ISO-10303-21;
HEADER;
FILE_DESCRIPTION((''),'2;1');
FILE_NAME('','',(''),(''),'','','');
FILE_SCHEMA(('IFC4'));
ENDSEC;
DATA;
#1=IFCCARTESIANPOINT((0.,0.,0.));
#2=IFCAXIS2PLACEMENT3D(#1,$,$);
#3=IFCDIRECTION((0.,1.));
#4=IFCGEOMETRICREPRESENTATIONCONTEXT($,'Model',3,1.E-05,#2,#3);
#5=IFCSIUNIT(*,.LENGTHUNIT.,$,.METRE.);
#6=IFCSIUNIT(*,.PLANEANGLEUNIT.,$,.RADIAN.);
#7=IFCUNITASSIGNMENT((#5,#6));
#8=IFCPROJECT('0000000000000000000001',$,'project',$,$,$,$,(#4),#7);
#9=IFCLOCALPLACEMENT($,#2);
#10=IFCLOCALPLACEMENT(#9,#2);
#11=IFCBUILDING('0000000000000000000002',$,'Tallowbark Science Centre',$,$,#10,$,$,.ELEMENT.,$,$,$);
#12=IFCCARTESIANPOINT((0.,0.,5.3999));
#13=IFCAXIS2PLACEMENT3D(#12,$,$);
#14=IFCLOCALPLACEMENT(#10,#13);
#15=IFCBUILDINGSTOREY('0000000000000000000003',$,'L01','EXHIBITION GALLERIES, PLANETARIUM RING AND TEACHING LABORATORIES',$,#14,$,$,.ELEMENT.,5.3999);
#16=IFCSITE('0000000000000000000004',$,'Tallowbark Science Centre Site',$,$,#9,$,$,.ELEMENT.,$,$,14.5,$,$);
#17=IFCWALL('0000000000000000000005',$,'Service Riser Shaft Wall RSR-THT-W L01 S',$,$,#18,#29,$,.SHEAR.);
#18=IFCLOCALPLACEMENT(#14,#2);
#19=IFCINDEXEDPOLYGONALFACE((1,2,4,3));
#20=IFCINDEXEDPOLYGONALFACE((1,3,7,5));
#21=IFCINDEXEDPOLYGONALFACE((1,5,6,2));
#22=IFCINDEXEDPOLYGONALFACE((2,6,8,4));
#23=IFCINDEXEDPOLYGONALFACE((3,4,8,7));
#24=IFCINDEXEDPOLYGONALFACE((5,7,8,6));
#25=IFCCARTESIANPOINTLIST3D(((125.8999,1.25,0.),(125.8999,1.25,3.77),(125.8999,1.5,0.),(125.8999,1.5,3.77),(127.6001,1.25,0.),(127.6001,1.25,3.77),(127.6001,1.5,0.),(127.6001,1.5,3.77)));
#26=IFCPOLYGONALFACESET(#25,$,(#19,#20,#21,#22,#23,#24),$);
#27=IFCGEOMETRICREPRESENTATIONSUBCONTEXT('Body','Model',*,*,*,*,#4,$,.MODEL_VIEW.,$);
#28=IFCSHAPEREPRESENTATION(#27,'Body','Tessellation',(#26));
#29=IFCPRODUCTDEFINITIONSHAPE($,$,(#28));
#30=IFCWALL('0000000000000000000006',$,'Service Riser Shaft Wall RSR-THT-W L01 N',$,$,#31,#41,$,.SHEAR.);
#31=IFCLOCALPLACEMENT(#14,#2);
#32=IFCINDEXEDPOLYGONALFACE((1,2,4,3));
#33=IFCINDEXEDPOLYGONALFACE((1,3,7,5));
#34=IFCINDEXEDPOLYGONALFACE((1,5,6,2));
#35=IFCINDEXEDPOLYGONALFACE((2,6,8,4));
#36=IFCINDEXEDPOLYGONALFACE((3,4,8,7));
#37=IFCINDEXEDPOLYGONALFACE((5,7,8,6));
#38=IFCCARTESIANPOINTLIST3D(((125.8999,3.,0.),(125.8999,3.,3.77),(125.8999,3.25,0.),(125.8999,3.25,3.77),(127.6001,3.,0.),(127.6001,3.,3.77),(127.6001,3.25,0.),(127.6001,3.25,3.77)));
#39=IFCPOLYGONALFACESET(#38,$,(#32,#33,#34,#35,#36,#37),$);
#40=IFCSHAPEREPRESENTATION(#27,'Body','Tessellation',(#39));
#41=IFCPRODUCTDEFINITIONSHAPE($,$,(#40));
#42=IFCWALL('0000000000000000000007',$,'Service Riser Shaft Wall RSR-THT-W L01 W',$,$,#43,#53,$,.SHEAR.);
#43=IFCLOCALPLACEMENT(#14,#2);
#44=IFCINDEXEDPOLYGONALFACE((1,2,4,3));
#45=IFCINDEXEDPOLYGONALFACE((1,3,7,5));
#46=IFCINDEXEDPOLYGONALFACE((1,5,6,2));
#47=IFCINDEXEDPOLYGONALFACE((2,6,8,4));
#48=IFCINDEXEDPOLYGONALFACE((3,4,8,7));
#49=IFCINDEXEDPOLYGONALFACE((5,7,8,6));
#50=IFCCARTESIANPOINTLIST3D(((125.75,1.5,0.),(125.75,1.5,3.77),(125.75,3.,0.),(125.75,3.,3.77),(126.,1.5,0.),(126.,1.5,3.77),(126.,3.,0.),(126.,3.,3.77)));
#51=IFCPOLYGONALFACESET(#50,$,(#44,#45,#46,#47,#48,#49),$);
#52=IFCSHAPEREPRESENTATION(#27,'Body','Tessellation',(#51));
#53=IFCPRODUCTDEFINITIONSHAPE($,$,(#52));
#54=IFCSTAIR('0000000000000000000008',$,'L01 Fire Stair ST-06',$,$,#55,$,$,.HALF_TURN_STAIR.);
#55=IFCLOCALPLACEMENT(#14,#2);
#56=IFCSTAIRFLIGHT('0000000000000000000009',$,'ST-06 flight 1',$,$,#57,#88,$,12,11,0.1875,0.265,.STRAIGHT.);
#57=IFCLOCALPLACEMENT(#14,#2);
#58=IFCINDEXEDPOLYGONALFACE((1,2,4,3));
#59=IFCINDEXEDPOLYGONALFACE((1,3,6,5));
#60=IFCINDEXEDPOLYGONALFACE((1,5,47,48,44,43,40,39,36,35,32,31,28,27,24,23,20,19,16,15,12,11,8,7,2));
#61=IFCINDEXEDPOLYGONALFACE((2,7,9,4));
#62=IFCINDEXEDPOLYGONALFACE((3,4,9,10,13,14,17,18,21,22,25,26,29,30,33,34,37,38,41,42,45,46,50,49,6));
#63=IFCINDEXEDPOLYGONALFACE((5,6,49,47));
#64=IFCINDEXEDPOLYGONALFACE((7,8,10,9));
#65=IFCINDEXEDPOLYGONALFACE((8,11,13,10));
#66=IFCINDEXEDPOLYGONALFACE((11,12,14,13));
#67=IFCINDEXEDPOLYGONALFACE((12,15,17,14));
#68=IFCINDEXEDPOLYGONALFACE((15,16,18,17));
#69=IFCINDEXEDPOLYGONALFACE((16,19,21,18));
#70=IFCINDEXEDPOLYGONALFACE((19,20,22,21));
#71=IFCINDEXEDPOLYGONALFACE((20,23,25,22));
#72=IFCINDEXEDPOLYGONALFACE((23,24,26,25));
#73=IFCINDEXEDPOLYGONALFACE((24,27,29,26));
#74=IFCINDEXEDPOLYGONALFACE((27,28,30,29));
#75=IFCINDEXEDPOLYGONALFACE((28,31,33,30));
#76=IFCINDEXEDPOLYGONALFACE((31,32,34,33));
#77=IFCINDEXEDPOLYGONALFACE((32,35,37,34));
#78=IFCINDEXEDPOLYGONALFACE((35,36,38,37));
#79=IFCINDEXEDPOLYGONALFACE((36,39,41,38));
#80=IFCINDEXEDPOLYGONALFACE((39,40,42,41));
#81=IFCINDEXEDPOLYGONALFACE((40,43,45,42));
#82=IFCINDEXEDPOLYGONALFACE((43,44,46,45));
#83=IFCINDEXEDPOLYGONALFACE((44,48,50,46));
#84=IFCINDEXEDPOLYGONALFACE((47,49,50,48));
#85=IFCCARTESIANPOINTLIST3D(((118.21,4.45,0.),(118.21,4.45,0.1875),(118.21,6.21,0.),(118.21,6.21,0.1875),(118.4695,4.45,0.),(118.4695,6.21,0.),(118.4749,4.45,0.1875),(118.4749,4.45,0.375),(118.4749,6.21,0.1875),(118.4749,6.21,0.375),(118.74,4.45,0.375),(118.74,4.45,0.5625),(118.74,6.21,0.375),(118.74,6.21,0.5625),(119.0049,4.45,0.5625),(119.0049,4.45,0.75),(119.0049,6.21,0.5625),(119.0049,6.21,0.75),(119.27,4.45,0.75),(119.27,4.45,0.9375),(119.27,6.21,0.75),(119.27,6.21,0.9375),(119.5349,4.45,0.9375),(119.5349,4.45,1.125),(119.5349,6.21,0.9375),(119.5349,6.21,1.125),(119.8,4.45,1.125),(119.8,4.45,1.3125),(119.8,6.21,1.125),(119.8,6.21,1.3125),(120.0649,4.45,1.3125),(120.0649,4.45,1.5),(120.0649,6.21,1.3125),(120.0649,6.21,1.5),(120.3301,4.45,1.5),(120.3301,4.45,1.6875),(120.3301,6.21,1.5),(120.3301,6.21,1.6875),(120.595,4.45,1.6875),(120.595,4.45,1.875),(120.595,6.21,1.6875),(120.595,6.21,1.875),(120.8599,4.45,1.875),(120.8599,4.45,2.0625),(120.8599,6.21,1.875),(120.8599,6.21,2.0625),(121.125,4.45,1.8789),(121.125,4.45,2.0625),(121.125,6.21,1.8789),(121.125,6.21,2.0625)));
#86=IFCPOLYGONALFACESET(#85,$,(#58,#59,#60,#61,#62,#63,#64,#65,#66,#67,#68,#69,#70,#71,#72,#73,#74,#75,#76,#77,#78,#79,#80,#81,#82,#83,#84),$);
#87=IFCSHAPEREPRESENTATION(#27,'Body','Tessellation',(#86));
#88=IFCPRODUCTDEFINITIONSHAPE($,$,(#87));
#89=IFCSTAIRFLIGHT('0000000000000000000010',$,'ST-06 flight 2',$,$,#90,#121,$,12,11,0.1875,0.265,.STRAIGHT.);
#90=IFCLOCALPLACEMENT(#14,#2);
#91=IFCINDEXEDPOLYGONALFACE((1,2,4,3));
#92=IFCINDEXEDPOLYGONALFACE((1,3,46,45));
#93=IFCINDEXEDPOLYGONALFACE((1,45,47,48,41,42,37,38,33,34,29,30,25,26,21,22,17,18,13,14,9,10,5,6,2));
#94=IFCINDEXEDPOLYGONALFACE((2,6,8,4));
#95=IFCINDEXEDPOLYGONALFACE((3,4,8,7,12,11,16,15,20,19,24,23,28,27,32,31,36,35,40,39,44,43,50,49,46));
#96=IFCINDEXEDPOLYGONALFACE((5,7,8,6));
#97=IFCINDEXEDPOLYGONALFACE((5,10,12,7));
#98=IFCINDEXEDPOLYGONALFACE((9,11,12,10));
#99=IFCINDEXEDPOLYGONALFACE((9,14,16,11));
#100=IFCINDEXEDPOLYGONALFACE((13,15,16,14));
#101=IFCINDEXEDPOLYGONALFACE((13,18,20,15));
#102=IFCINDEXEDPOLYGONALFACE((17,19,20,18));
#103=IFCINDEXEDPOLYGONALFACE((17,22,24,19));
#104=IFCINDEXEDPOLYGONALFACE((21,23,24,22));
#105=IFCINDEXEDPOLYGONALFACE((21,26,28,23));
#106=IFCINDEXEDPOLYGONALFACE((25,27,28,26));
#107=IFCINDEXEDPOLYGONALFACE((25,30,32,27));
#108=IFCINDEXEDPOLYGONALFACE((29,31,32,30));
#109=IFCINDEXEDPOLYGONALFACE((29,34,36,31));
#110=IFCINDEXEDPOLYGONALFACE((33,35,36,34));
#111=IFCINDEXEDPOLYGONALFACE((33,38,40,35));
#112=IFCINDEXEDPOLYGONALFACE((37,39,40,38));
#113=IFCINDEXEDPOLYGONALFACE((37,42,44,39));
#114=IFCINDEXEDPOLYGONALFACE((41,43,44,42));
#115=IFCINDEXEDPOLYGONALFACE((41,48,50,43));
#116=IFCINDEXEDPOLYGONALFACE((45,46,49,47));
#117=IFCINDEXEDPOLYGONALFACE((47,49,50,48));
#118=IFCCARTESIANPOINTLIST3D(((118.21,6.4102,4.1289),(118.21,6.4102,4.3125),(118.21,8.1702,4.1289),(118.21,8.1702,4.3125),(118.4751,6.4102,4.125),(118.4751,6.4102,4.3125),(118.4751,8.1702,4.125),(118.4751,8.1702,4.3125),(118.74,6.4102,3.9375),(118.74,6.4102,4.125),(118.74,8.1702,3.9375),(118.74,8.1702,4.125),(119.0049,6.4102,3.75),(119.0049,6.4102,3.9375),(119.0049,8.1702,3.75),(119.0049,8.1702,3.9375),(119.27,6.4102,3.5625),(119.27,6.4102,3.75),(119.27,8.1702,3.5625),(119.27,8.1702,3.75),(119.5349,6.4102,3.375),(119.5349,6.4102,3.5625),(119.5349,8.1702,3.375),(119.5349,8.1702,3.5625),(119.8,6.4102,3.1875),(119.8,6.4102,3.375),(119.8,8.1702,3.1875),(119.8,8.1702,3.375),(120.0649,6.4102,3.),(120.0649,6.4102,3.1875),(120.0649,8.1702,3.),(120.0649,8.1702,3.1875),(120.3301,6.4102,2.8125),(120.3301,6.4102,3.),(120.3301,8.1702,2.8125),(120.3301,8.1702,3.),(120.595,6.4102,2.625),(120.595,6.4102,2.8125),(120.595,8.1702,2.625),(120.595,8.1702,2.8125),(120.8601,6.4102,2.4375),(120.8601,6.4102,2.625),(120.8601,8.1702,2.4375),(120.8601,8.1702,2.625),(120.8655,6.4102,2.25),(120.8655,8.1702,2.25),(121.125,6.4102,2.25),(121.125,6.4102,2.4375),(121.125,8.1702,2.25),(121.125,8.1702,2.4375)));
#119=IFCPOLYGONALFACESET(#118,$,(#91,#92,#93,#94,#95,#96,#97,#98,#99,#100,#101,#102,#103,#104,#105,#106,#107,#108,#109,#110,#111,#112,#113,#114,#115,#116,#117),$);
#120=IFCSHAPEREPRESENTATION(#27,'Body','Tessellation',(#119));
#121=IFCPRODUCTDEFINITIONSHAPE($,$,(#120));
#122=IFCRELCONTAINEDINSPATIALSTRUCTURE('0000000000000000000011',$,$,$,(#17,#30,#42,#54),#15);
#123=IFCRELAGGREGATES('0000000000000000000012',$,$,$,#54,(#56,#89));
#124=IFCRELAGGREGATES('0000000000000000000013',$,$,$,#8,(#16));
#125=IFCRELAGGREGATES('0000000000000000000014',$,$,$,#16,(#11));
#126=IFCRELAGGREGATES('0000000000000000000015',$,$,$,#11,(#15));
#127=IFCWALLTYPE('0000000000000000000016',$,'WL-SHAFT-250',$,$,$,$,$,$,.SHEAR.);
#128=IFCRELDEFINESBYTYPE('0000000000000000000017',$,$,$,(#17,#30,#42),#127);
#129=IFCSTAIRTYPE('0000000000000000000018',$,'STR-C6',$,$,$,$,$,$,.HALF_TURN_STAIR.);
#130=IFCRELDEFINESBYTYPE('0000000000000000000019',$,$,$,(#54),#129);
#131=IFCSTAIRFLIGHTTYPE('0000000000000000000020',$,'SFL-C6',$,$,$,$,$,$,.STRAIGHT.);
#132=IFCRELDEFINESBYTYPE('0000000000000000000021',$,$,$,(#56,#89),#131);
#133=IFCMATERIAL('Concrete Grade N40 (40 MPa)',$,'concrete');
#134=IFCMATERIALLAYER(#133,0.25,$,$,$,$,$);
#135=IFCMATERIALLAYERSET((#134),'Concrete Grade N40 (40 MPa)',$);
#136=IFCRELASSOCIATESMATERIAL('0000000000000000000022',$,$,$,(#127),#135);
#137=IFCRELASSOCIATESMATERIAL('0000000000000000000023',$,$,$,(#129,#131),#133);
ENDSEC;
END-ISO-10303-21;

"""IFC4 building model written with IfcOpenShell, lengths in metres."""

from ifc_helpers import new_model, si_unit, direction, frame, frame_2d, origin, place, context, subcontext, project, spatial, polyline, rectangle, outline, extrude, material, layer, layer_set, type_object, element, aggregate, save


model = new_model("IFC4")

# Units and contexts
model_context = context("Model", 3, precision=1e-05, world=origin(), true_north=direction((0.0, 1.0)))
body_context = subcontext(model_context, "Body", "Model", "MODEL_VIEW")
ifc_project = project(units=[si_unit("LENGTHUNIT", "METRE"), si_unit("PLANEANGLEUNIT", "RADIAN")], contexts=[model_context])

# Site, building, storey
site_placement = place(None, origin())
site = spatial("IfcSite", under=ifc_project, at=site_placement, Name="Tallowbark Science Centre Site", CompositionType="ELEMENT", RefElevation=14.5)
building_placement = place(site_placement, origin())
building = spatial("IfcBuilding", under=site, at=building_placement, Name="Tallowbark Science Centre", CompositionType="ELEMENT")
storey_placement = place(building_placement, frame((0.0, 0.0, 5.3999)))
storey = spatial("IfcBuildingStorey", under=building, at=storey_placement, Name="L01", Description="EXHIBITION GALLERIES, PLANETARIUM RING AND TEACHING LABORATORIES", CompositionType="ELEMENT", Elevation=5.3999)

# Shared definitions
ifc_material_1 = material(Name="Concrete Grade N40 (40 MPa)", Category="concrete")

# Walls
ifc_layer_1 = layer(ifc_material_1, 0.25)
ifc_layer_set_1 = layer_set([ifc_layer_1], Name="Concrete Grade N40 (40 MPa)")
wall_type_1 = type_object("IfcWallType", Name="WL-SHAFT-250", PredefinedType="SHEAR", material=ifc_layer_set_1)
for number, where, z_axis, x_axis, name in (
    (1, (125.8999, 1.375, 0.0), (0.0, 0.0, 1.0), (1.0, 0.0, 0.0), "Service Riser Shaft Wall RSR-THT-W L01 S"),
    (2, (125.8999, 3.125, 0.0), (0.0, 0.0, 1.0), (1.0, 0.0, 0.0), "Service Riser Shaft Wall RSR-THT-W L01 N"),
):
    element("IfcWall", number, at=place(storey_placement, frame(where, z_axis=z_axis, x_axis=x_axis)), inside=storey, type_object=wall_type_1, Name=name, PredefinedType="SHEAR", context=body_context, shape_type="SweptSolid", body=[
        extrude(rectangle(XDim=1.7002, YDim=0.25, at=frame_2d((0.8501, 0.0))), origin(), (0.0, 0.0, 1.0), 3.77),
    ])
wall_1_placement = place(storey_placement, frame((125.875, 1.5, 0.0), z_axis=(0.0, 0.0, 1.0), x_axis=(0.0, 1.0, 0.0)))
element("IfcWall", 3, at=wall_1_placement, inside=storey, type_object=wall_type_1, Name="Service Riser Shaft Wall RSR-THT-W L01 W", PredefinedType="SHEAR", context=body_context, shape_type="SweptSolid", body=[
    extrude(rectangle(XDim=1.5, YDim=0.25, at=frame_2d((0.75, 0.0))), origin(), (0.0, 0.0, 1.0), 3.77),
])

# Stair, stair flights
stair_type = type_object("IfcStairType", Name="STR-C6", PredefinedType="HALF_TURN_STAIR", material=ifc_material_1)
stair_placement = place(storey_placement, origin())
stair = element("IfcStair", 4, at=stair_placement, inside=storey, type_object=stair_type, Name="L01 Fire Stair ST-06", PredefinedType="HALF_TURN_STAIR")
stair_flight_type = type_object("IfcStairFlightType", Name="SFL-C6", PredefinedType="STRAIGHT", material=ifc_material_1)
stair_flight_1_placement = place(storey_placement, frame((118.21, 5.3301, 0.0), z_axis=(0.0, 0.0, 1.0), x_axis=(1.0, 0.0, 0.0)))
stair_flight_1 = element("IfcStairFlight", 5, at=stair_flight_1_placement, type_object=stair_flight_type, Name="ST-06 flight 1", NumberOfRisers=12, NumberOfTreads=11, PredefinedType="STRAIGHT", RiserHeight=0.1875, TreadLength=0.265, context=body_context, shape_type="SweptSolid", body=[
    extrude(outline(polyline([(0.0, 0.0), (0.0, 0.1875), (0.2649, 0.1875), (0.2649, 0.375), (0.53, 0.375), (0.53, 0.5625), (0.7949, 0.5625), (0.7949, 0.75), (1.0601, 0.75), (1.0601, 0.9375), (1.325, 0.9375), (1.325, 1.125), (1.5901, 1.125), (1.5901, 1.3125), (1.855, 1.3125), (1.855, 1.5), (2.1201, 1.5), (2.1201, 1.6875), (2.385, 1.6875), (2.385, 1.875), (2.6499, 1.875), (2.6499, 2.0625), (2.915, 2.0625), (2.915, 2.25), (2.915, 1.8789), (0.2595, 0.0), (0.0, 0.0)])), frame((0.0, 0.8799, 0.0), z_axis=(0.0, -1.0, 0.0), x_axis=(1.0, 0.0, 0.0)), (0.0, 0.0, 1.0), 1.76),
])
stair_flight_2_placement = place(storey_placement, frame((121.125, 7.29, 2.25), z_axis=(0.0, 0.0, 1.0), x_axis=(-1.0, 0.0, 0.0)))
stair_flight_2 = element("IfcStairFlight", 6, at=stair_flight_2_placement, type_object=stair_flight_type, Name="ST-06 flight 2", NumberOfRisers=12, NumberOfTreads=11, PredefinedType="STRAIGHT", RiserHeight=0.1875, TreadLength=0.265, context=body_context, shape_type="SweptSolid", body=[
    extrude(outline(polyline([(0.0, 0.0), (0.0, 0.1875), (0.2649, 0.1875), (0.2649, 0.375), (0.53, 0.375), (0.53, 0.5625), (0.7949, 0.5625), (0.7949, 0.75), (1.0601, 0.75), (1.0601, 0.9375), (1.325, 0.9375), (1.325, 1.125), (1.5901, 1.125), (1.5901, 1.3125), (1.855, 1.3125), (1.855, 1.5), (2.1201, 1.5), (2.1201, 1.6875), (2.385, 1.6875), (2.385, 1.875), (2.6499, 1.875), (2.6499, 2.0625), (2.915, 2.0625), (2.915, 2.25), (2.915, 1.8789), (0.2595, 0.0), (0.0, 0.0)])), frame((0.0, 0.8799, 0.0), z_axis=(0.0, -1.0, 0.0), x_axis=(1.0, 0.0, 0.0)), (0.0, 0.0, 1.0), 1.76),
])
aggregate(stair, [stair_flight_1, stair_flight_2])

save(model, "model.ifc")
